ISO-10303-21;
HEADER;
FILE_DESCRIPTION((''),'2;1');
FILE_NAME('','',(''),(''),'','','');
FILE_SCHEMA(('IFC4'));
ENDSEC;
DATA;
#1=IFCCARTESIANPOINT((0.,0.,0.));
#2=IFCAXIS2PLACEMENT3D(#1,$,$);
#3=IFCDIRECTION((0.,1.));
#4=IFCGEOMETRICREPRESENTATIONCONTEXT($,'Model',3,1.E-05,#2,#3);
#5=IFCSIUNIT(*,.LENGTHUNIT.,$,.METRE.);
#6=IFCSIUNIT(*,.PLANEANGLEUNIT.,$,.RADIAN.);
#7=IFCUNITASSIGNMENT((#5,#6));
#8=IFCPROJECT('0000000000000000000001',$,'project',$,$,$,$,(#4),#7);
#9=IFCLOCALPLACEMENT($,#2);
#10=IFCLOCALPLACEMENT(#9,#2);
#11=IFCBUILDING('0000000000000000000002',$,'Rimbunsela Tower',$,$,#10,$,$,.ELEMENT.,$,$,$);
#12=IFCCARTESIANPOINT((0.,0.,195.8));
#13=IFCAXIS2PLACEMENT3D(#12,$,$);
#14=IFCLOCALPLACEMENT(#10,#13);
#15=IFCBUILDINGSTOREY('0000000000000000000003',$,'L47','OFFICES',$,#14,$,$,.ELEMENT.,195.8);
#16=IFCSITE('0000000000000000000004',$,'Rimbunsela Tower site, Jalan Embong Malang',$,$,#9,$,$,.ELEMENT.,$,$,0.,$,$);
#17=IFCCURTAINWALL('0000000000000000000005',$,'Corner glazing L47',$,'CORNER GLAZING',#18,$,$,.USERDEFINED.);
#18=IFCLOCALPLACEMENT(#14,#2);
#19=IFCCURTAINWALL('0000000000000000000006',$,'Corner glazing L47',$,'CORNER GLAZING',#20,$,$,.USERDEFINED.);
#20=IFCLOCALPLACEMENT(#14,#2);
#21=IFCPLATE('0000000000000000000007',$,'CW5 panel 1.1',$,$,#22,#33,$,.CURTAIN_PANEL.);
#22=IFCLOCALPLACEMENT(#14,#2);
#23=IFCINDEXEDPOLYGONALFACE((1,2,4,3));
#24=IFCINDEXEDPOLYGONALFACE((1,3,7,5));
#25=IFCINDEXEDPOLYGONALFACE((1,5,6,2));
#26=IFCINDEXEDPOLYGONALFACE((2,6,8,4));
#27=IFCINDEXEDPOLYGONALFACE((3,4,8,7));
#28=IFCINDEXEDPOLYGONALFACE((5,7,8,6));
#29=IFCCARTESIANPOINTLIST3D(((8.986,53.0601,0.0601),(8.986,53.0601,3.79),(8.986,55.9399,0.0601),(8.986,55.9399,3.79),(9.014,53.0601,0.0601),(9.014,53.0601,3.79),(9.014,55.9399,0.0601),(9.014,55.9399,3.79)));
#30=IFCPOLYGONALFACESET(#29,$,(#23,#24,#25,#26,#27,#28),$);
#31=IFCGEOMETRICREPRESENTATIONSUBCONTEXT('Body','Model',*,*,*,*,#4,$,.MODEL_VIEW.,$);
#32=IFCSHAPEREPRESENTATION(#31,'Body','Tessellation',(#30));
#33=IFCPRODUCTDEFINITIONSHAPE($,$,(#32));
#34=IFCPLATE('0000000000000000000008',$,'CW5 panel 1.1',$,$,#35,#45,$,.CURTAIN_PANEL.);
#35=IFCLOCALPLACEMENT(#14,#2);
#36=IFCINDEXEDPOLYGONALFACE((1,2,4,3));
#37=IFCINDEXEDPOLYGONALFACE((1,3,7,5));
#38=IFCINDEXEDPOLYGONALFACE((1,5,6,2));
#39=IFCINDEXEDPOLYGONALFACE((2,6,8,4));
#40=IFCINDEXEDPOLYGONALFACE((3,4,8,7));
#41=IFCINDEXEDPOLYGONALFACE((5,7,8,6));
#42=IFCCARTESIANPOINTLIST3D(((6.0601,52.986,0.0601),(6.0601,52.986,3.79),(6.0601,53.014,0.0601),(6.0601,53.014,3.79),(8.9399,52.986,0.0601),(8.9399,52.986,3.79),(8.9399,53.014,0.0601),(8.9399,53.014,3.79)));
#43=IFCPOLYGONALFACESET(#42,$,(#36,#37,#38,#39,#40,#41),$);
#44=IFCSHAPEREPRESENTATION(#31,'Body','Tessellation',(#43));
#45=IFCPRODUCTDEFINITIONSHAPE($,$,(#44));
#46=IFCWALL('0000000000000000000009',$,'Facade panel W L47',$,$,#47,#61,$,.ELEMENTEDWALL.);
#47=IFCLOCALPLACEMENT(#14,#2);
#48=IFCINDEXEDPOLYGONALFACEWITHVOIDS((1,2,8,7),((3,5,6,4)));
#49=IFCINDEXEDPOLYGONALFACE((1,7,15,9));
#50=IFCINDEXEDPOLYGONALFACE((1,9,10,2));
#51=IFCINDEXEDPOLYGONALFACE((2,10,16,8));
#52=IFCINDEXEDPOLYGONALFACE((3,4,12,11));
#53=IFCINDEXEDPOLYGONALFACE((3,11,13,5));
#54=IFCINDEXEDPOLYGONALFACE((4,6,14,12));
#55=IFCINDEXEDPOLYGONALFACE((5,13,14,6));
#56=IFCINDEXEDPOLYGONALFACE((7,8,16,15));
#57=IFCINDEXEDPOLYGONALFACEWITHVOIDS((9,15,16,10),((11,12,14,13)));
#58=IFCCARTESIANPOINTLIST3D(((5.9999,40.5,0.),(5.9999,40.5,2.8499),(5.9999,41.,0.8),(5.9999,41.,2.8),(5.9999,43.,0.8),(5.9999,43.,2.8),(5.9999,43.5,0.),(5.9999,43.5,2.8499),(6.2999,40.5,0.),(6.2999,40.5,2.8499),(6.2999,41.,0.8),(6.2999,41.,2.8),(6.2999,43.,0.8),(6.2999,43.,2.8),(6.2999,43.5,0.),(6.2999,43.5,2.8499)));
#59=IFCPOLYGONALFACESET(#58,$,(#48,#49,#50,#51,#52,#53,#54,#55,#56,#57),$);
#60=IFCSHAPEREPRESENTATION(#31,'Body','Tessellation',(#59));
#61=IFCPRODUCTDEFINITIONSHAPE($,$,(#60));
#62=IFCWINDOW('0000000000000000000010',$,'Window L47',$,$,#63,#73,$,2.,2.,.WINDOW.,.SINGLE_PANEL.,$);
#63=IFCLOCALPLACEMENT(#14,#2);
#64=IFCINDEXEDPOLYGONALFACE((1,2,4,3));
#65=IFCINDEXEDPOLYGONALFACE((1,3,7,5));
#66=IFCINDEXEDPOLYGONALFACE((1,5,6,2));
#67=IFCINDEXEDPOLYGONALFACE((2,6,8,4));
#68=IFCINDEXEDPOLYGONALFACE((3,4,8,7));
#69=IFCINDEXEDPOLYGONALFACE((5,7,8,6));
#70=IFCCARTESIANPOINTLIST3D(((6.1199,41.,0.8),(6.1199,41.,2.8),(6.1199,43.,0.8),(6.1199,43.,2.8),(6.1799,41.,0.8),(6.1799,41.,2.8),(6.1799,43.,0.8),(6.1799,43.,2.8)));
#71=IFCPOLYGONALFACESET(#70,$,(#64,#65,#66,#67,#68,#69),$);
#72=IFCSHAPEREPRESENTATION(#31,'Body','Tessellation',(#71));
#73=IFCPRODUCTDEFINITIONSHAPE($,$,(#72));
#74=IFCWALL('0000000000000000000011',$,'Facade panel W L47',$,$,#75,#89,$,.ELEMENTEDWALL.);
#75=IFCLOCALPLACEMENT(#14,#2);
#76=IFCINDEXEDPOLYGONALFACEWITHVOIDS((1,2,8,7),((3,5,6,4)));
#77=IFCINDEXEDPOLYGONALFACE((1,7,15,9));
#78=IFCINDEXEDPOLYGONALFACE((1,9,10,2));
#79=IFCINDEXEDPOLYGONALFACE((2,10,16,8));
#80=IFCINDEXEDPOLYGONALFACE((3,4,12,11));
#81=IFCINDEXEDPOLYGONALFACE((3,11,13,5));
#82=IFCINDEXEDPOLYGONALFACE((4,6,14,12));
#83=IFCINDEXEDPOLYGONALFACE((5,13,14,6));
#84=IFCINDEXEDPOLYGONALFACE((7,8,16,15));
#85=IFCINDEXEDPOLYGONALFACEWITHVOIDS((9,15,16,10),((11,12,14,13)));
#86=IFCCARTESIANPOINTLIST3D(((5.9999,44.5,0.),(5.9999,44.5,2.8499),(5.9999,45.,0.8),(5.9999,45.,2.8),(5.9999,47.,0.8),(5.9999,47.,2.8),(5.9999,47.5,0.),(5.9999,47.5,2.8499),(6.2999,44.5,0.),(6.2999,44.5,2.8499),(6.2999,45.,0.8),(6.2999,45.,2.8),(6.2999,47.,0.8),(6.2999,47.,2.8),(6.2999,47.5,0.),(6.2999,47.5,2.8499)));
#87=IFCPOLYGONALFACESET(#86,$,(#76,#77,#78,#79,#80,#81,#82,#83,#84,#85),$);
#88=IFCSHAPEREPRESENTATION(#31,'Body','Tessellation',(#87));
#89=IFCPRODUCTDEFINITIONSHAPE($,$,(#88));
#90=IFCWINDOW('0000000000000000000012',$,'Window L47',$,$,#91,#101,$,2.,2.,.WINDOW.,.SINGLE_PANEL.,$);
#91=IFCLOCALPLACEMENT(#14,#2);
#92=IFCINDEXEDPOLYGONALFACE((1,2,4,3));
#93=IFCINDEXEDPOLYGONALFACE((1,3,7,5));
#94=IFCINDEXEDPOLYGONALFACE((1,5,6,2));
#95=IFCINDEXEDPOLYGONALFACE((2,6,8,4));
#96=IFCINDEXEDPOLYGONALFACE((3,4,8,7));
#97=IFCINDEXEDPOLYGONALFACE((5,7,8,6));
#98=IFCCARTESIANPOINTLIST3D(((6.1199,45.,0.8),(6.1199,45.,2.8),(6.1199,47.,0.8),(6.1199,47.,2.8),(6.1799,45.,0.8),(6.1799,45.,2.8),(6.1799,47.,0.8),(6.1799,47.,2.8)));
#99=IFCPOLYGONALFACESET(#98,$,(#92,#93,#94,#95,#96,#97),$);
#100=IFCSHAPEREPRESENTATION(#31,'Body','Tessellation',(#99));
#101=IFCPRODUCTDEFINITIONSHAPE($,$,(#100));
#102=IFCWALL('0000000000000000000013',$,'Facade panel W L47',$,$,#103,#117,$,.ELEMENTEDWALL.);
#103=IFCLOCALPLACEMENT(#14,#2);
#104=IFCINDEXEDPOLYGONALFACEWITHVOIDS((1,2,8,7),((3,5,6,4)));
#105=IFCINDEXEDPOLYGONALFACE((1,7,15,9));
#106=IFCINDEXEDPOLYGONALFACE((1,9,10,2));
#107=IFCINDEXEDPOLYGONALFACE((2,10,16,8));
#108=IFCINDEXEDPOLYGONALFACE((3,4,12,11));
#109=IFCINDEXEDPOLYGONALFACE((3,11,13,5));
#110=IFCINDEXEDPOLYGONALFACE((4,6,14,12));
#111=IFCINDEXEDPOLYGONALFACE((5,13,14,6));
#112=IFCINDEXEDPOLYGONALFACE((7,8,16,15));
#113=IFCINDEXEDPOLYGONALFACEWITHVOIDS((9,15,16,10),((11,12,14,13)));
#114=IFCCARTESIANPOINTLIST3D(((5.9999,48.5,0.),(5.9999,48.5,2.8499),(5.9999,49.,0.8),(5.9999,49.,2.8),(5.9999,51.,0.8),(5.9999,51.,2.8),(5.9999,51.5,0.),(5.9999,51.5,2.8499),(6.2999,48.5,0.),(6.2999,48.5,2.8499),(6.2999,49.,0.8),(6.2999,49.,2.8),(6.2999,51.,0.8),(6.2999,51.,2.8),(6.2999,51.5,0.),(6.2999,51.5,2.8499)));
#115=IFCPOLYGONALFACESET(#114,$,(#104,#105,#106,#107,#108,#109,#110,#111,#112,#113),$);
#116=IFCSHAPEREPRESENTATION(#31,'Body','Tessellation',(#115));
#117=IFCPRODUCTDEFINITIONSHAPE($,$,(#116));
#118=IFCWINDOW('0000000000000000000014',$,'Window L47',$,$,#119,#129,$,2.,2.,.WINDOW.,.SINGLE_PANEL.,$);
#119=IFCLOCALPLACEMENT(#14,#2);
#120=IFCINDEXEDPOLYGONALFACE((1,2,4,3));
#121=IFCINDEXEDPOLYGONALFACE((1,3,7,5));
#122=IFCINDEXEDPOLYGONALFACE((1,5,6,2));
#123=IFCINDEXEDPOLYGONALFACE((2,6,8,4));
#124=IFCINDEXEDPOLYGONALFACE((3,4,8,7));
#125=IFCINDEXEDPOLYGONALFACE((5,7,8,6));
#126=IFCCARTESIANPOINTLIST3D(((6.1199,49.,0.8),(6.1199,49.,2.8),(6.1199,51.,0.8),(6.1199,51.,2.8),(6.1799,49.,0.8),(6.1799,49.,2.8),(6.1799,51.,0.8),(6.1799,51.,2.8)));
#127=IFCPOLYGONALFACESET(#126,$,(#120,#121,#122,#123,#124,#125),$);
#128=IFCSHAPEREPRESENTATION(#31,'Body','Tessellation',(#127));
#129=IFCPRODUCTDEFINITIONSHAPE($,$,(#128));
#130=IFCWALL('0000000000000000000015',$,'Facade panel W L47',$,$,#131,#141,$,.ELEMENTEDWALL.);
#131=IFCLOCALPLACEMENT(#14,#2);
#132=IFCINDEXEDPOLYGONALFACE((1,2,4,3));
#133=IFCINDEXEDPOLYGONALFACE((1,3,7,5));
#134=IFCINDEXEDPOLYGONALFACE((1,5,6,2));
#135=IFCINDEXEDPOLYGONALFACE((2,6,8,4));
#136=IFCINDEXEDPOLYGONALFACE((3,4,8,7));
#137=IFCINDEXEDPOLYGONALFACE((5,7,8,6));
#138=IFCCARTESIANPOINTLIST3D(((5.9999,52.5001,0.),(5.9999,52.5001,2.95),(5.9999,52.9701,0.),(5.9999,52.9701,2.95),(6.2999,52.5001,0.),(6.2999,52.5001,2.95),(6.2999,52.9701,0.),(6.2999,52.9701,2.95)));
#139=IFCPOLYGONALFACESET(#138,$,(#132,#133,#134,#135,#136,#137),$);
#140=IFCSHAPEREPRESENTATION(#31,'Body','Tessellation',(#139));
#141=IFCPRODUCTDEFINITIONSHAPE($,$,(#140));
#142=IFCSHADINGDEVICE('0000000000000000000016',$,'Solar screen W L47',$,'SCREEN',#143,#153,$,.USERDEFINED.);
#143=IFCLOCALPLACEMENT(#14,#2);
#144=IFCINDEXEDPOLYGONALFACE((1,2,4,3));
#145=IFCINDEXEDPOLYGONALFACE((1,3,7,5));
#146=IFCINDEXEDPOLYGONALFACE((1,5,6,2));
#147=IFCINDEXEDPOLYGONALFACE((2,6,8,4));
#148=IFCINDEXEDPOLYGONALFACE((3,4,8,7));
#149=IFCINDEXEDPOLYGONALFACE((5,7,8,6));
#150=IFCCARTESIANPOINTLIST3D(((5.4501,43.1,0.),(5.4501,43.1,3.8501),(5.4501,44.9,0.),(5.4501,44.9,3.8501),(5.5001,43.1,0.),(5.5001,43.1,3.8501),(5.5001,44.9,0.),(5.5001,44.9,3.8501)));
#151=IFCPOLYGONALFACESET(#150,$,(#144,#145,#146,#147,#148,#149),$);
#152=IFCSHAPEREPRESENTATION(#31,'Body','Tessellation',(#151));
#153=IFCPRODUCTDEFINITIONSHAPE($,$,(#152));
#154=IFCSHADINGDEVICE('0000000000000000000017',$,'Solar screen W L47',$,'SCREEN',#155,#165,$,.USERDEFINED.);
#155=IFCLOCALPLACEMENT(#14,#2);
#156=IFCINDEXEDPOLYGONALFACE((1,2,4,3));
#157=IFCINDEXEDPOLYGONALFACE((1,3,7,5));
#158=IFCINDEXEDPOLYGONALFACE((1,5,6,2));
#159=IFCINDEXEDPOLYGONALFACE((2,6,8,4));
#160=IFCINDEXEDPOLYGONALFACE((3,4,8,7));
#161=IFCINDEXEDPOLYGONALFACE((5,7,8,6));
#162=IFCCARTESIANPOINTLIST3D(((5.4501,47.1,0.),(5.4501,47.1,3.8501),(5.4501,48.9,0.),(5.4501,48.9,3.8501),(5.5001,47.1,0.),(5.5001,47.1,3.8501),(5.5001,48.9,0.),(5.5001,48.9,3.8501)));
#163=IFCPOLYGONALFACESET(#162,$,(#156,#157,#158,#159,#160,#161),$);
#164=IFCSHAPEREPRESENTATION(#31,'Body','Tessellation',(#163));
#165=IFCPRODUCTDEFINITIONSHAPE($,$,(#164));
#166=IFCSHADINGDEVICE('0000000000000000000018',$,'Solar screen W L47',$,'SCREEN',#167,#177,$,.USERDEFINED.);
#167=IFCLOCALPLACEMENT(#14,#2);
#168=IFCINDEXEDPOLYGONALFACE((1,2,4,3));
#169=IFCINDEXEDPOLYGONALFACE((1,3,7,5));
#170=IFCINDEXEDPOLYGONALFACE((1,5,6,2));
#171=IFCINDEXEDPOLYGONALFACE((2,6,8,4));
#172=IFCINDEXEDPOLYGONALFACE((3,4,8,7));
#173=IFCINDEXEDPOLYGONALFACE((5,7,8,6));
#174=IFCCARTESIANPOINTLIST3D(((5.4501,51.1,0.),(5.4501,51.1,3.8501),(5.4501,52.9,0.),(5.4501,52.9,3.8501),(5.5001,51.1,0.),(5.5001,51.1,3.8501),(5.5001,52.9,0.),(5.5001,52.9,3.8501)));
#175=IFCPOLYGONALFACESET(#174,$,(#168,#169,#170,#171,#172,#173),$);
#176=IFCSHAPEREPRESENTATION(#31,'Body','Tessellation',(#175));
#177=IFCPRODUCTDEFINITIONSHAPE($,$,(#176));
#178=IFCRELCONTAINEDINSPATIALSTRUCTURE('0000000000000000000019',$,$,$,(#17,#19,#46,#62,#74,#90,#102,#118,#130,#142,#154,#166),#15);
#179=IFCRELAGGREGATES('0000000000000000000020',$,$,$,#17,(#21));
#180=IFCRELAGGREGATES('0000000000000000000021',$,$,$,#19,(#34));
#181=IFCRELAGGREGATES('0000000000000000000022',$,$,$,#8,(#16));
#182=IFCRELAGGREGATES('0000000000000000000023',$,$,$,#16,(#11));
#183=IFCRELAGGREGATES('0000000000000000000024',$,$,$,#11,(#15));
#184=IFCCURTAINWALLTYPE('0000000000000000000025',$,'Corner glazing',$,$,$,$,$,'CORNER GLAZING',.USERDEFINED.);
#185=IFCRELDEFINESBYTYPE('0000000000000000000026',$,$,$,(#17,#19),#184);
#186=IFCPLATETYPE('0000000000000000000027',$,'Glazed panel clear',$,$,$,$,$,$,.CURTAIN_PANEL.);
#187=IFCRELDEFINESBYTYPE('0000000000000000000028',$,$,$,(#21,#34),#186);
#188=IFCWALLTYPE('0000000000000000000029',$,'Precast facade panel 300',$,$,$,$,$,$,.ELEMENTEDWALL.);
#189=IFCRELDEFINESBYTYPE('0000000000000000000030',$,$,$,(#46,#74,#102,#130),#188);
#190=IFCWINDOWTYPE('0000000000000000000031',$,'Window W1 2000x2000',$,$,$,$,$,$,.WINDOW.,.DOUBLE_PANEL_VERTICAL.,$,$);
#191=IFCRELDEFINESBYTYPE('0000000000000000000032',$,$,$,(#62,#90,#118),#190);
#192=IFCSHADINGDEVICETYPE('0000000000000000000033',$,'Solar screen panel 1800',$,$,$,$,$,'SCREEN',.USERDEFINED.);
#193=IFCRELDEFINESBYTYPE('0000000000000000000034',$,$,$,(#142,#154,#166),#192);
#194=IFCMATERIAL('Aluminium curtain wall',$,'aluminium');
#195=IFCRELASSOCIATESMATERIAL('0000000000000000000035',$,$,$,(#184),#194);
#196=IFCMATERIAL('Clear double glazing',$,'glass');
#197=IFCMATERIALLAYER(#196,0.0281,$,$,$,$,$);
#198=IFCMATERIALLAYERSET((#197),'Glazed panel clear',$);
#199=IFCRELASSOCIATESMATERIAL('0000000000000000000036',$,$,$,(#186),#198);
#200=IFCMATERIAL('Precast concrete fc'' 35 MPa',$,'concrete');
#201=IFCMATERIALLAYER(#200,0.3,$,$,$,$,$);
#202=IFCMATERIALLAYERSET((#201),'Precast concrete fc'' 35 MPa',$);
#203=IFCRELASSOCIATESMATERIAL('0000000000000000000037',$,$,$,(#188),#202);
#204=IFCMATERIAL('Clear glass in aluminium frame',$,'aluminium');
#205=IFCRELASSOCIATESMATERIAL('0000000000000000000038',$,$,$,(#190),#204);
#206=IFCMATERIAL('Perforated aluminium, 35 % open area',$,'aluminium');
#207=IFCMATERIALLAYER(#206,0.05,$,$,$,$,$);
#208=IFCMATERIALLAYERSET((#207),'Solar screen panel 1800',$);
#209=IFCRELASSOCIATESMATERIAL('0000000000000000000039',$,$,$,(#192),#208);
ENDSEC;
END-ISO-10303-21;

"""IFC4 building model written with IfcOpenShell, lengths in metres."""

from ifc_helpers import new_model, si_unit, direction, frame, frame_2d, origin, origin_2d, place, context, subcontext, project, spatial, rectangle, extrude, material, layer, layer_set, type_object, element, fill, aggregate, save


model = new_model("IFC4")

# Units and contexts
model_context = context("Model", 3, precision=1e-05, world=origin(), true_north=direction((0.0, 1.0)))
body_context = subcontext(model_context, "Body", "Model", "MODEL_VIEW")
ifc_project = project(units=[si_unit("LENGTHUNIT", "METRE"), si_unit("PLANEANGLEUNIT", "RADIAN")], contexts=[model_context])

# Site, building, storey
site_placement = place(None, origin())
site = spatial("IfcSite", under=ifc_project, at=site_placement, Name="Rimbunsela Tower site, Jalan Embong Malang", CompositionType="ELEMENT", RefElevation=0.0)
building_placement = place(site_placement, origin())
building = spatial("IfcBuilding", under=site, at=building_placement, Name="Rimbunsela Tower", CompositionType="ELEMENT")
storey_placement = place(building_placement, frame((0.0, 0.0, 195.8)))
storey = spatial("IfcBuildingStorey", under=building, at=storey_placement, Name="L47", Description="OFFICES", CompositionType="ELEMENT", Elevation=195.8)

# Curtain wall
ifc_material_1 = material(Name="Aluminium curtain wall", Category="aluminium")
curtain_wall_type = type_object("IfcCurtainWallType", Name="Corner glazing", ElementType="CORNER GLAZING", PredefinedType="USERDEFINED", material=ifc_material_1)
curtain_wall_1_placement = place(storey_placement, origin())
curtain_wall_1 = element("IfcCurtainWall", 1, at=curtain_wall_1_placement, inside=storey, type_object=curtain_wall_type, Name="Corner glazing L47", ObjectType="CORNER GLAZING", PredefinedType="USERDEFINED")

# Curtain wall
curtain_wall_2_placement = place(storey_placement, origin())
curtain_wall_2 = element("IfcCurtainWall", 2, at=curtain_wall_2_placement, inside=storey, type_object=curtain_wall_type, Name="Corner glazing L47", ObjectType="CORNER GLAZING", PredefinedType="USERDEFINED")

# Plates
ifc_material_2 = material(Name="Clear double glazing", Category="glass")
ifc_layer_1 = layer(ifc_material_2, 0.0281)
ifc_layer_set_1 = layer_set([ifc_layer_1], Name="Glazed panel clear")
plate_type = type_object("IfcPlateType", Name="Glazed panel clear", PredefinedType="CURTAIN_PANEL", material=ifc_layer_set_1)
plate_1_placement = place(storey_placement, frame((9.0, 54.5, 0.0601), z_axis=(0.0, 0.0, 1.0), x_axis=(0.0, -1.0, 0.0)))
plate_1 = element("IfcPlate", 3, at=plate_1_placement, type_object=plate_type, Name="CW5 panel 1.1", PredefinedType="CURTAIN_PANEL", context=body_context, shape_type="SweptSolid", body=[
    extrude(rectangle(XDim=2.8799, YDim=0.0281, at=origin_2d()), origin(), (0.0, 0.0, 1.0), 3.73),
])
aggregate(curtain_wall_1, [plate_1])
plate_2_placement = place(storey_placement, frame((7.5, 53.0, 0.0601), z_axis=(0.0, 0.0, 1.0), x_axis=(-1.0, 0.0, 0.0)))
plate_2 = element("IfcPlate", 4, at=plate_2_placement, type_object=plate_type, Name="CW5 panel 1.1", PredefinedType="CURTAIN_PANEL", context=body_context, shape_type="SweptSolid", body=[
    extrude(rectangle(XDim=2.8799, YDim=0.0281, at=origin_2d()), origin(), (0.0, 0.0, 1.0), 3.73),
])
aggregate(curtain_wall_2, [plate_2])

# Walls, openings, windows
ifc_material_3 = material(Name="Precast concrete fc' 35 MPa", Category="concrete")
ifc_layer_2 = layer(ifc_material_3, 0.3)
ifc_layer_set_2 = layer_set([ifc_layer_2], Name="Precast concrete fc' 35 MPa")
wall_type = type_object("IfcWallType", Name="Precast facade panel 300", PredefinedType="ELEMENTEDWALL", material=ifc_layer_set_2)
wall_1_placement = place(storey_placement, frame((6.1499, 43.5, 0.0), z_axis=(0.0, 0.0, 1.0), x_axis=(0.0, -1.0, 0.0)))
wall_1 = element("IfcWall", 5, at=wall_1_placement, inside=storey, type_object=wall_type, Name="Facade panel W L47", PredefinedType="ELEMENTEDWALL", context=body_context, shape_type="SweptSolid", body=[
    extrude(rectangle(XDim=3.0, YDim=0.3, at=frame_2d((1.5, 0.0))), origin(), (0.0, 0.0, 1.0), 2.8499),
])
opening_1_placement = place(wall_1_placement, frame((0.5, 0.0, 0.8)))
opening_1 = element("IfcOpeningElement", 6, at=opening_1_placement, cuts=wall_1, PredefinedType="OPENING", context=body_context, shape_type="SweptSolid", body=[
    extrude(rectangle(XDim=2.0, YDim=2.0, at=frame_2d((1.0, 1.0))), frame((0.0, 0.1599, 0.0), z_axis=(0.0, -1.0, 0.0), x_axis=(1.0, 0.0, 0.0)), (0.0, 0.0, 1.0), 0.3201),
])
ifc_material_4 = material(Name="Clear glass in aluminium frame", Category="aluminium")
window_type = type_object("IfcWindowType", Name="Window W1 2000x2000", PartitioningType="DOUBLE_PANEL_VERTICAL", PredefinedType="WINDOW", material=ifc_material_4)
window_1_placement = place(opening_1_placement, origin())
window_1 = element("IfcWindow", 7, at=window_1_placement, inside=storey, type_object=window_type, Name="Window L47", OverallHeight=2.0, OverallWidth=2.0, PartitioningType="SINGLE_PANEL", PredefinedType="WINDOW", context=body_context, shape_type="SweptSolid", body=[
    extrude(rectangle(XDim=2.0, YDim=2.0, at=frame_2d((1.0, 1.0))), frame((0.0, 0.03, 0.0), z_axis=(0.0, -1.0, 0.0), x_axis=(1.0, 0.0, 0.0)), (0.0, 0.0, 1.0), 0.0601),
])
fill(opening_1, window_1)
wall_2_placement = place(storey_placement, frame((6.1499, 47.5, 0.0), z_axis=(0.0, 0.0, 1.0), x_axis=(0.0, -1.0, 0.0)))
wall_2 = element("IfcWall", 8, at=wall_2_placement, inside=storey, type_object=wall_type, Name="Facade panel W L47", PredefinedType="ELEMENTEDWALL", context=body_context, shape_type="SweptSolid", body=[
    extrude(rectangle(XDim=3.0, YDim=0.3, at=frame_2d((1.5, 0.0))), origin(), (0.0, 0.0, 1.0), 2.8499),
])
opening_2_placement = place(wall_2_placement, frame((0.5, 0.0, 0.8)))
opening_2 = element("IfcOpeningElement", 9, at=opening_2_placement, cuts=wall_2, PredefinedType="OPENING", context=body_context, shape_type="SweptSolid", body=[
    extrude(rectangle(XDim=2.0, YDim=2.0, at=frame_2d((1.0, 1.0))), frame((0.0, 0.1599, 0.0), z_axis=(0.0, -1.0, 0.0), x_axis=(1.0, 0.0, 0.0)), (0.0, 0.0, 1.0), 0.3201),
])
window_2_placement = place(opening_2_placement, origin())
window_2 = element("IfcWindow", 10, at=window_2_placement, inside=storey, type_object=window_type, Name="Window L47", OverallHeight=2.0, OverallWidth=2.0, PartitioningType="SINGLE_PANEL", PredefinedType="WINDOW", context=body_context, shape_type="SweptSolid", body=[
    extrude(rectangle(XDim=2.0, YDim=2.0, at=frame_2d((1.0, 1.0))), frame((0.0, 0.03, 0.0), z_axis=(0.0, -1.0, 0.0), x_axis=(1.0, 0.0, 0.0)), (0.0, 0.0, 1.0), 0.0601),
])
fill(opening_2, window_2)
wall_3_placement = place(storey_placement, frame((6.1499, 51.5, 0.0), z_axis=(0.0, 0.0, 1.0), x_axis=(0.0, -1.0, 0.0)))
wall_3 = element("IfcWall", 11, at=wall_3_placement, inside=storey, type_object=wall_type, Name="Facade panel W L47", PredefinedType="ELEMENTEDWALL", context=body_context, shape_type="SweptSolid", body=[
    extrude(rectangle(XDim=3.0, YDim=0.3, at=frame_2d((1.5, 0.0))), origin(), (0.0, 0.0, 1.0), 2.8499),
])
opening_3_placement = place(wall_3_placement, frame((0.5, 0.0, 0.8)))
opening_3 = element("IfcOpeningElement", 12, at=opening_3_placement, cuts=wall_3, PredefinedType="OPENING", context=body_context, shape_type="SweptSolid", body=[
    extrude(rectangle(XDim=2.0, YDim=2.0, at=frame_2d((1.0, 1.0))), frame((0.0, 0.1599, 0.0), z_axis=(0.0, -1.0, 0.0), x_axis=(1.0, 0.0, 0.0)), (0.0, 0.0, 1.0), 0.3201),
])
window_3_placement = place(opening_3_placement, origin())
window_3 = element("IfcWindow", 13, at=window_3_placement, inside=storey, type_object=window_type, Name="Window L47", OverallHeight=2.0, OverallWidth=2.0, PartitioningType="SINGLE_PANEL", PredefinedType="WINDOW", context=body_context, shape_type="SweptSolid", body=[
    extrude(rectangle(XDim=2.0, YDim=2.0, at=frame_2d((1.0, 1.0))), frame((0.0, 0.03, 0.0), z_axis=(0.0, -1.0, 0.0), x_axis=(1.0, 0.0, 0.0)), (0.0, 0.0, 1.0), 0.0601),
])
fill(opening_3, window_3)

# Wall
wall_4_placement = place(storey_placement, frame((6.1499, 52.97, 0.0), z_axis=(0.0, 0.0, 1.0), x_axis=(0.0, -1.0, 0.0)))
element("IfcWall", 14, at=wall_4_placement, inside=storey, type_object=wall_type, Name="Facade panel W L47", PredefinedType="ELEMENTEDWALL", context=body_context, shape_type="SweptSolid", body=[
    extrude(rectangle(XDim=0.47, YDim=0.3, at=frame_2d((0.2349, 0.0))), origin(), (0.0, 0.0, 1.0), 2.95),
])

# Shading devices
ifc_material_5 = material(Name="Perforated aluminium, 35 % open area", Category="aluminium")
ifc_layer_3 = layer(ifc_material_5, 0.05)
ifc_layer_set_3 = layer_set([ifc_layer_3], Name="Solar screen panel 1800")
shading_device_type = type_object("IfcShadingDeviceType", Name="Solar screen panel 1800", ElementType="SCREEN", PredefinedType="USERDEFINED", material=ifc_layer_set_3)
for number, where, z_axis, x_axis, name in (
    (15, (5.4751, 44.0, 0.0), (0.0, 0.0, 1.0), (0.0, 1.0, 0.0), "Solar screen W L47"),
    (16, (5.4751, 48.0, 0.0), (0.0, 0.0, 1.0), (0.0, 1.0, 0.0), "Solar screen W L47"),
    (17, (5.4751, 52.0, 0.0), (0.0, 0.0, 1.0), (0.0, 1.0, 0.0), "Solar screen W L47"),
):
    element("IfcShadingDevice", number, at=place(storey_placement, frame(where, z_axis=z_axis, x_axis=x_axis)), inside=storey, type_object=shading_device_type, Name=name, ObjectType="SCREEN", PredefinedType="USERDEFINED", context=body_context, shape_type="SweptSolid", body=[
        extrude(rectangle(XDim=1.8, YDim=0.05, at=origin_2d()), origin(), (0.0, 0.0, 1.0), 3.8501),
    ])

save(model, "model.ifc")
